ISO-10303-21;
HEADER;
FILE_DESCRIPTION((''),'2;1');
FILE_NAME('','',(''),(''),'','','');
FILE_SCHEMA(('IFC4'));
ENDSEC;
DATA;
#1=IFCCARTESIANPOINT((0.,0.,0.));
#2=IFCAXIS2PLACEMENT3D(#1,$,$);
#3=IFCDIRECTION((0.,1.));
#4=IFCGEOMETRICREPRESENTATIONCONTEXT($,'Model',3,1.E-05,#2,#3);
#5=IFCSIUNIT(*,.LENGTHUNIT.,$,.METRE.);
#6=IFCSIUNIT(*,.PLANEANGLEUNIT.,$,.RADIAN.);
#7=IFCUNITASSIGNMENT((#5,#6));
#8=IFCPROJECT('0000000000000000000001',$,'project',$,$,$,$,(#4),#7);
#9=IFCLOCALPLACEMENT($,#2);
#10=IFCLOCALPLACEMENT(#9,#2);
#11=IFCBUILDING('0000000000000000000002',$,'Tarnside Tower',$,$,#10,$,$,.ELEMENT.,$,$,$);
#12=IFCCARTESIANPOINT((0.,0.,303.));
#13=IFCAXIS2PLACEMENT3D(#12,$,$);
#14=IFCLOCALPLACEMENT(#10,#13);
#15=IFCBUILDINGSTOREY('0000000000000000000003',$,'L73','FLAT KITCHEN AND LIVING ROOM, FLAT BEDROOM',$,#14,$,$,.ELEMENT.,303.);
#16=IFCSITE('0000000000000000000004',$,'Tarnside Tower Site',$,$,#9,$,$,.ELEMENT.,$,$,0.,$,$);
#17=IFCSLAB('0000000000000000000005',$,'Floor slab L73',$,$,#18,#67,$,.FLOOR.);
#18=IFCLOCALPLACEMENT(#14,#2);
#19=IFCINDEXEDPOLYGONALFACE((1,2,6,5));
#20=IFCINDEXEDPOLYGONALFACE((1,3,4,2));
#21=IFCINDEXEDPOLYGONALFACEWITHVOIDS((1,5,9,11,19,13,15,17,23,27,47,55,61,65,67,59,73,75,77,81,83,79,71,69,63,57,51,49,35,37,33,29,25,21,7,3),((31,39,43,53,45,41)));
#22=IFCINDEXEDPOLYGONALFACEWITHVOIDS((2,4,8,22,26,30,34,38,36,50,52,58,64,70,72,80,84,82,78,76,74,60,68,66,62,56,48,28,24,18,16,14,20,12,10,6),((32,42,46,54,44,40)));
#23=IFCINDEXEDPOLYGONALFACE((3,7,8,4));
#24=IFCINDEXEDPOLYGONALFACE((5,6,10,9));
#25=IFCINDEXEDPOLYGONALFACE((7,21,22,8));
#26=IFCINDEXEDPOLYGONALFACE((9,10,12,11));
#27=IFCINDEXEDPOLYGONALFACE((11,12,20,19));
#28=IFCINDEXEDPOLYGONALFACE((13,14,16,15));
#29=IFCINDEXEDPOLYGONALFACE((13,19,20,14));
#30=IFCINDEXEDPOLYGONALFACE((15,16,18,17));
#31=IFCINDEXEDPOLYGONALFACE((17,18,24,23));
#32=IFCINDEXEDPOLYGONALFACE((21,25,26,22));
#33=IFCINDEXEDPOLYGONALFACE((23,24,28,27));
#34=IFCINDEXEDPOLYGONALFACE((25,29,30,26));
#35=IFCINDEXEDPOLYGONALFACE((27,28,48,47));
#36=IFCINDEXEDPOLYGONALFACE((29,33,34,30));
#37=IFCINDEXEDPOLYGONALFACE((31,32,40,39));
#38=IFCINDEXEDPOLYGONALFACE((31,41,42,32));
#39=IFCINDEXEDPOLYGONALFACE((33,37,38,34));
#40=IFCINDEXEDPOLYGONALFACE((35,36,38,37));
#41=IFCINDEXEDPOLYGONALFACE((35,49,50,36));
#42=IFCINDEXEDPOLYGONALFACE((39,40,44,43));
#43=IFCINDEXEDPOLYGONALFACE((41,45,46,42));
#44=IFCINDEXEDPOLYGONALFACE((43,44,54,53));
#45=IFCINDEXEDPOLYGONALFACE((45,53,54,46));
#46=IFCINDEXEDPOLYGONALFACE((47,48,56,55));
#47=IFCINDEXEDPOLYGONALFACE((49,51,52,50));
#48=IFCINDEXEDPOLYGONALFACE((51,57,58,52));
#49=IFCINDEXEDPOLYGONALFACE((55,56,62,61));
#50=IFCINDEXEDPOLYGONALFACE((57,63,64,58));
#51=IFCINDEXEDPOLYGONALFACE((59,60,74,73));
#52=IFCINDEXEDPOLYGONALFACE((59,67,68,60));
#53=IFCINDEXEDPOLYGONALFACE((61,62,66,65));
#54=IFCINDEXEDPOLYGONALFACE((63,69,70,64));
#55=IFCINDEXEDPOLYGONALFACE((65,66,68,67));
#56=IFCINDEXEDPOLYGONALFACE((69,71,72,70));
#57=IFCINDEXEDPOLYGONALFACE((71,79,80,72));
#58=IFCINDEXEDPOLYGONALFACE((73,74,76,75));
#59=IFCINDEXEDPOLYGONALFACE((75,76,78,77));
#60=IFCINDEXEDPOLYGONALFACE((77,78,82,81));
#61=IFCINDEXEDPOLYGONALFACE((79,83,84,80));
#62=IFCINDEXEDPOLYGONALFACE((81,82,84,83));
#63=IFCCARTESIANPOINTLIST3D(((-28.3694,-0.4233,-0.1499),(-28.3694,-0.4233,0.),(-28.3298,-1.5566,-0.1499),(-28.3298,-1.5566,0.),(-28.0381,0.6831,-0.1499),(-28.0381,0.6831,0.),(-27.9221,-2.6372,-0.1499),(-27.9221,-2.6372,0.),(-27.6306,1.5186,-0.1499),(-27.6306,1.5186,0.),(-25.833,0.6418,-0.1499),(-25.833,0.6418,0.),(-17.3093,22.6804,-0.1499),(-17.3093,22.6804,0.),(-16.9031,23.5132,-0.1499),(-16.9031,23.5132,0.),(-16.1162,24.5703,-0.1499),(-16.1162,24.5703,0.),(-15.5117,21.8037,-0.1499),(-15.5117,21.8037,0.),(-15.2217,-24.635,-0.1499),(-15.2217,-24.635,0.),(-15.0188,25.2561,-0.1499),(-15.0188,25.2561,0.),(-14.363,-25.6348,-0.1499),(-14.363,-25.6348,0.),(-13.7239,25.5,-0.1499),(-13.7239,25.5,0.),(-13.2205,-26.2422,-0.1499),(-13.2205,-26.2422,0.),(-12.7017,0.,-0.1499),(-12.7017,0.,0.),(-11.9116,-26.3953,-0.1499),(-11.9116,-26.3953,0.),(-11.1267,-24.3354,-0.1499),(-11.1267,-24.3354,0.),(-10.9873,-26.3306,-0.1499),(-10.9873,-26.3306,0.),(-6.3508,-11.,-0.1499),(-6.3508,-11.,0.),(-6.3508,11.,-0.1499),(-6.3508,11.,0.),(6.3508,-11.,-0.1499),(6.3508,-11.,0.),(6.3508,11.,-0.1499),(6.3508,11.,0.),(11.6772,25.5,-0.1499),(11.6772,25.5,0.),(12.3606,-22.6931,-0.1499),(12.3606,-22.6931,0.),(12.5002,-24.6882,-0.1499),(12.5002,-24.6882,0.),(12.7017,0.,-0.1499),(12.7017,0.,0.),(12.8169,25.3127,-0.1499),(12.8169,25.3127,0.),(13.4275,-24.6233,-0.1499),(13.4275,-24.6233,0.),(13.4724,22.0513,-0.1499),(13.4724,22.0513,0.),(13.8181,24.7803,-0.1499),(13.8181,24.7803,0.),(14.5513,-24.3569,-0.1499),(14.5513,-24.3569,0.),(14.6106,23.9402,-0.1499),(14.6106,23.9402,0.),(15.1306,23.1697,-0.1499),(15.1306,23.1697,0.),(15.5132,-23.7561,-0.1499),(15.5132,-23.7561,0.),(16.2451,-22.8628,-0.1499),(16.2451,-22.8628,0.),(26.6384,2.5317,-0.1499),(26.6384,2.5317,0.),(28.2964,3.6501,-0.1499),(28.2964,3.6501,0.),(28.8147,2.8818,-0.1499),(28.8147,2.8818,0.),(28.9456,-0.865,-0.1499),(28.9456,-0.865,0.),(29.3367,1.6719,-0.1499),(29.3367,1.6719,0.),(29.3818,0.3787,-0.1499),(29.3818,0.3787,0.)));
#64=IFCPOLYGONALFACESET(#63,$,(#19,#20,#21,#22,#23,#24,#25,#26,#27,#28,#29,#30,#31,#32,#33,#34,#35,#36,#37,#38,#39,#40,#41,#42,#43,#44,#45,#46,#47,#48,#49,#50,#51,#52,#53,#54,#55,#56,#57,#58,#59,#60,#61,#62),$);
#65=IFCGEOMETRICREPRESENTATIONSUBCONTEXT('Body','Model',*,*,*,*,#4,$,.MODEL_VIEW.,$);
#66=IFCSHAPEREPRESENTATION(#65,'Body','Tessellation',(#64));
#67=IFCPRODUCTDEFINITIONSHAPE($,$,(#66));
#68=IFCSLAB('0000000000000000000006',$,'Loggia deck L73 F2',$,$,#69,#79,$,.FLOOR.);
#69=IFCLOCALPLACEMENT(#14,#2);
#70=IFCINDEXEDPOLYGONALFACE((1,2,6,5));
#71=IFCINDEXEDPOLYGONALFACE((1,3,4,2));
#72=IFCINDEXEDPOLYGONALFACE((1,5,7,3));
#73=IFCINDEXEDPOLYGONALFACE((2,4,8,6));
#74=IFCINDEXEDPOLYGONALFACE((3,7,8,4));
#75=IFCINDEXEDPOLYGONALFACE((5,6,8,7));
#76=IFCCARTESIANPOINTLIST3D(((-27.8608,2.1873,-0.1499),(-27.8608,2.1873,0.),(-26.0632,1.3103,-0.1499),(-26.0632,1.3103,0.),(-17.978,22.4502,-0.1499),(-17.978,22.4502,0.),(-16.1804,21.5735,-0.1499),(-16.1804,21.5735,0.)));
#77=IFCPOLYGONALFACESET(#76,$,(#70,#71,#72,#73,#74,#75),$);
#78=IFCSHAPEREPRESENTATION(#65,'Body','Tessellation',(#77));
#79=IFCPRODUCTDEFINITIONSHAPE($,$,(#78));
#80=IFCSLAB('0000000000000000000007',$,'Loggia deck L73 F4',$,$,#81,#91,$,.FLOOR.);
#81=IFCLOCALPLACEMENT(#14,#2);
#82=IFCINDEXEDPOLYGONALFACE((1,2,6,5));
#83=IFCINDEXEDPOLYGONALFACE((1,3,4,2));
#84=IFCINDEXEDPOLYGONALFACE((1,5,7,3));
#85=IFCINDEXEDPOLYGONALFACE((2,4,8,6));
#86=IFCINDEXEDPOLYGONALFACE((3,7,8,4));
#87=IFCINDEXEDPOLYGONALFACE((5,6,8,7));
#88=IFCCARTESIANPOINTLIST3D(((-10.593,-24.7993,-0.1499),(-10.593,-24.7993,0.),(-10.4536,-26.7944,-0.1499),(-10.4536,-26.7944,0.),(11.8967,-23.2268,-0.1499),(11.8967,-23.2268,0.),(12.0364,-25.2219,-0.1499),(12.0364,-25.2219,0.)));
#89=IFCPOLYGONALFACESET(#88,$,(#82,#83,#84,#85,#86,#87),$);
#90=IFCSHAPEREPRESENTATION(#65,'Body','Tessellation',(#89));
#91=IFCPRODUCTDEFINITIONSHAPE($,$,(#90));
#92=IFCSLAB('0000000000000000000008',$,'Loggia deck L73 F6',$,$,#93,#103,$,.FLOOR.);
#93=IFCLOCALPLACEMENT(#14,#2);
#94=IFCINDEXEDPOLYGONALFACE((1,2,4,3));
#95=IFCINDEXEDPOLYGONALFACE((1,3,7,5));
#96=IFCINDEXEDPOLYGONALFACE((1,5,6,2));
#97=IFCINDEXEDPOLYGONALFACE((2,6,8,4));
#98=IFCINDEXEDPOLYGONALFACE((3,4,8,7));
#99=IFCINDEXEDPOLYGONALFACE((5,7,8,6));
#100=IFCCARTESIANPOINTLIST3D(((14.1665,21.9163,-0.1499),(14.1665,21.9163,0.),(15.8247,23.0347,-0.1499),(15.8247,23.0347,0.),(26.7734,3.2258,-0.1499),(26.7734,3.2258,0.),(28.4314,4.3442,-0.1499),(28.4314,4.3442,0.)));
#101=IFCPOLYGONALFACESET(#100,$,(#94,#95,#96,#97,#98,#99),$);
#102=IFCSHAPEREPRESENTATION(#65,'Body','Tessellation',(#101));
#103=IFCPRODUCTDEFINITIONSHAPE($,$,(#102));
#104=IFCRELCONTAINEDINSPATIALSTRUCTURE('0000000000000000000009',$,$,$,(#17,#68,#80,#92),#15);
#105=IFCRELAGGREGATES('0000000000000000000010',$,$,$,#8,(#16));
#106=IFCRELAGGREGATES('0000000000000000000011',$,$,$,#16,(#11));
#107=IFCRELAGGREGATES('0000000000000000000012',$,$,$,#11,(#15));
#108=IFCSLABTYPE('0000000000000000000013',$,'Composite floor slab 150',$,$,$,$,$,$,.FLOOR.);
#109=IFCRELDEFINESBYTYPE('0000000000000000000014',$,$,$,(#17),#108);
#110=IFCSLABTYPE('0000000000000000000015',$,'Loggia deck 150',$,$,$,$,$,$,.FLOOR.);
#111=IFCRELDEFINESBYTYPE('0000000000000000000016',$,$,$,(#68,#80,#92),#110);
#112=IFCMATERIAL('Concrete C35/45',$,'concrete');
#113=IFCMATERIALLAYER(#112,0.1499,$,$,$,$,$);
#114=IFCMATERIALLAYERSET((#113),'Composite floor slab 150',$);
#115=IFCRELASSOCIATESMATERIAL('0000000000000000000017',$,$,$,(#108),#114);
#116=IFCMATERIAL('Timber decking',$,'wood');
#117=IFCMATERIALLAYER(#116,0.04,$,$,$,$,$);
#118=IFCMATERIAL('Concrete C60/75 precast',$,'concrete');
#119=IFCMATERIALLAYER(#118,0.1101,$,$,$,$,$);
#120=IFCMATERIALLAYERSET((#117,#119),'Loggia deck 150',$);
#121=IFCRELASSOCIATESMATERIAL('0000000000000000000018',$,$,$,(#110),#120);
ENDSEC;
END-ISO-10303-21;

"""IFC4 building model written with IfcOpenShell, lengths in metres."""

from ifc_helpers import new_model, si_unit, direction, frame, origin, place, context, subcontext, project, spatial, polyline, outline, extrude, material, layer, layer_set, type_object, element, save


model = new_model("IFC4")

# Units and contexts
model_context = context("Model", 3, precision=1e-05, world=origin(), true_north=direction((0.0, 1.0)))
body_context = subcontext(model_context, "Body", "Model", "MODEL_VIEW")
ifc_project = project(units=[si_unit("LENGTHUNIT", "METRE"), si_unit("PLANEANGLEUNIT", "RADIAN")], contexts=[model_context])

# Site, building, storey
site_placement = place(None, origin())
site = spatial("IfcSite", under=ifc_project, at=site_placement, Name="Tarnside Tower Site", CompositionType="ELEMENT", RefElevation=0.0)
building_placement = place(site_placement, origin())
building = spatial("IfcBuilding", under=site, at=building_placement, Name="Tarnside Tower", CompositionType="ELEMENT")
storey_placement = place(building_placement, frame((0.0, 0.0, 303.0)))
storey = spatial("IfcBuildingStorey", under=building, at=storey_placement, Name="L73", Description="FLAT KITCHEN AND LIVING ROOM, FLAT BEDROOM", CompositionType="ELEMENT", Elevation=303.0)

# Slabs
ifc_material_1 = material(Name="Concrete C35/45", Category="concrete")
ifc_layer_1 = layer(ifc_material_1, 0.1499)
ifc_layer_set_1 = layer_set([ifc_layer_1], Name="Composite floor slab 150")
slab_type_1 = type_object("IfcSlabType", Name="Composite floor slab 150", PredefinedType="FLOOR", material=ifc_layer_set_1)
slab_1_placement = place(storey_placement, frame((0.0, 0.0, -0.1499)))
element("IfcSlab", 1, at=slab_1_placement, inside=storey, type_object=slab_type_1, Name="Floor slab L73", PredefinedType="FLOOR", context=body_context, shape_type="SweptSolid", body=[
    extrude(outline(polyline([(12.8169, 25.3127), (13.8181, 24.7803), (14.6106, 23.9402), (15.1306, 23.1697), (13.4724, 22.0513), (26.6384, 2.5317), (28.2964, 3.6501), (28.8147, 2.8818), (29.3367, 1.6719), (29.3818, 0.3787), (28.9456, -0.865), (16.2451, -22.8628), (15.5132, -23.7561), (14.5513, -24.3569), (13.4275, -24.6233), (12.5002, -24.6882), (12.3606, -22.6931), (-11.1267, -24.3354), (-10.9873, -26.3306), (-11.9116, -26.3953), (-13.2205, -26.2422), (-14.363, -25.6348), (-15.2217, -24.635), (-27.9221, -2.6372), (-28.3298, -1.5566), (-28.3694, -0.4233), (-28.0381, 0.6831), (-27.6306, 1.5186), (-25.833, 0.6418), (-15.5117, 21.8037), (-17.3093, 22.6804), (-16.9031, 23.5132), (-16.1162, 24.5703), (-15.0188, 25.2561), (-13.7239, 25.5), (11.6772, 25.5), (12.8169, 25.3127)]), holes=[polyline([(-12.7017, 0.0), (-6.3508, -11.0), (6.3508, -11.0), (12.7017, 0.0), (6.3508, 11.0), (-6.3508, 11.0), (-12.7017, 0.0)])]), origin(), (0.0, 0.0, 1.0), 0.1499),
])
ifc_material_2 = material(Name="Timber decking", Category="wood")
ifc_layer_2 = layer(ifc_material_2, 0.04)
ifc_material_3 = material(Name="Concrete C60/75 precast", Category="concrete")
ifc_layer_3 = layer(ifc_material_3, 0.1101)
ifc_layer_set_2 = layer_set([ifc_layer_2, ifc_layer_3], Name="Loggia deck 150")
slab_type_2 = type_object("IfcSlabType", Name="Loggia deck 150", PredefinedType="FLOOR", material=ifc_layer_set_2)
slab_2_placement = place(storey_placement, frame((0.0, 0.0, -0.1499)))
element("IfcSlab", 2, at=slab_2_placement, inside=storey, type_object=slab_type_2, Name="Loggia deck L73 F2", PredefinedType="FLOOR", context=body_context, shape_type="SweptSolid", body=[
    extrude(outline(polyline([(-16.1804, 21.5735), (-26.0632, 1.3103), (-27.8608, 2.1873), (-17.978, 22.4502), (-16.1804, 21.5735)])), origin(), (0.0, 0.0, 1.0), 0.1499),
])
slab_3_placement = place(storey_placement, frame((0.0, 0.0, -0.1499)))
element("IfcSlab", 3, at=slab_3_placement, inside=storey, type_object=slab_type_2, Name="Loggia deck L73 F4", PredefinedType="FLOOR", context=body_context, shape_type="SweptSolid", body=[
    extrude(outline(polyline([(-10.593, -24.7993), (11.8967, -23.2268), (12.0364, -25.2219), (-10.4536, -26.7944), (-10.593, -24.7993)])), origin(), (0.0, 0.0, 1.0), 0.1499),
])
slab_4_placement = place(storey_placement, frame((0.0, 0.0, -0.1499)))
element("IfcSlab", 4, at=slab_4_placement, inside=storey, type_object=slab_type_2, Name="Loggia deck L73 F6", PredefinedType="FLOOR", context=body_context, shape_type="SweptSolid", body=[
    extrude(outline(polyline([(26.7734, 3.2258), (14.1665, 21.9163), (15.8247, 23.0347), (28.4314, 4.3442), (26.7734, 3.2258)])), origin(), (0.0, 0.0, 1.0), 0.1499),
])

save(model, "model.ifc")
